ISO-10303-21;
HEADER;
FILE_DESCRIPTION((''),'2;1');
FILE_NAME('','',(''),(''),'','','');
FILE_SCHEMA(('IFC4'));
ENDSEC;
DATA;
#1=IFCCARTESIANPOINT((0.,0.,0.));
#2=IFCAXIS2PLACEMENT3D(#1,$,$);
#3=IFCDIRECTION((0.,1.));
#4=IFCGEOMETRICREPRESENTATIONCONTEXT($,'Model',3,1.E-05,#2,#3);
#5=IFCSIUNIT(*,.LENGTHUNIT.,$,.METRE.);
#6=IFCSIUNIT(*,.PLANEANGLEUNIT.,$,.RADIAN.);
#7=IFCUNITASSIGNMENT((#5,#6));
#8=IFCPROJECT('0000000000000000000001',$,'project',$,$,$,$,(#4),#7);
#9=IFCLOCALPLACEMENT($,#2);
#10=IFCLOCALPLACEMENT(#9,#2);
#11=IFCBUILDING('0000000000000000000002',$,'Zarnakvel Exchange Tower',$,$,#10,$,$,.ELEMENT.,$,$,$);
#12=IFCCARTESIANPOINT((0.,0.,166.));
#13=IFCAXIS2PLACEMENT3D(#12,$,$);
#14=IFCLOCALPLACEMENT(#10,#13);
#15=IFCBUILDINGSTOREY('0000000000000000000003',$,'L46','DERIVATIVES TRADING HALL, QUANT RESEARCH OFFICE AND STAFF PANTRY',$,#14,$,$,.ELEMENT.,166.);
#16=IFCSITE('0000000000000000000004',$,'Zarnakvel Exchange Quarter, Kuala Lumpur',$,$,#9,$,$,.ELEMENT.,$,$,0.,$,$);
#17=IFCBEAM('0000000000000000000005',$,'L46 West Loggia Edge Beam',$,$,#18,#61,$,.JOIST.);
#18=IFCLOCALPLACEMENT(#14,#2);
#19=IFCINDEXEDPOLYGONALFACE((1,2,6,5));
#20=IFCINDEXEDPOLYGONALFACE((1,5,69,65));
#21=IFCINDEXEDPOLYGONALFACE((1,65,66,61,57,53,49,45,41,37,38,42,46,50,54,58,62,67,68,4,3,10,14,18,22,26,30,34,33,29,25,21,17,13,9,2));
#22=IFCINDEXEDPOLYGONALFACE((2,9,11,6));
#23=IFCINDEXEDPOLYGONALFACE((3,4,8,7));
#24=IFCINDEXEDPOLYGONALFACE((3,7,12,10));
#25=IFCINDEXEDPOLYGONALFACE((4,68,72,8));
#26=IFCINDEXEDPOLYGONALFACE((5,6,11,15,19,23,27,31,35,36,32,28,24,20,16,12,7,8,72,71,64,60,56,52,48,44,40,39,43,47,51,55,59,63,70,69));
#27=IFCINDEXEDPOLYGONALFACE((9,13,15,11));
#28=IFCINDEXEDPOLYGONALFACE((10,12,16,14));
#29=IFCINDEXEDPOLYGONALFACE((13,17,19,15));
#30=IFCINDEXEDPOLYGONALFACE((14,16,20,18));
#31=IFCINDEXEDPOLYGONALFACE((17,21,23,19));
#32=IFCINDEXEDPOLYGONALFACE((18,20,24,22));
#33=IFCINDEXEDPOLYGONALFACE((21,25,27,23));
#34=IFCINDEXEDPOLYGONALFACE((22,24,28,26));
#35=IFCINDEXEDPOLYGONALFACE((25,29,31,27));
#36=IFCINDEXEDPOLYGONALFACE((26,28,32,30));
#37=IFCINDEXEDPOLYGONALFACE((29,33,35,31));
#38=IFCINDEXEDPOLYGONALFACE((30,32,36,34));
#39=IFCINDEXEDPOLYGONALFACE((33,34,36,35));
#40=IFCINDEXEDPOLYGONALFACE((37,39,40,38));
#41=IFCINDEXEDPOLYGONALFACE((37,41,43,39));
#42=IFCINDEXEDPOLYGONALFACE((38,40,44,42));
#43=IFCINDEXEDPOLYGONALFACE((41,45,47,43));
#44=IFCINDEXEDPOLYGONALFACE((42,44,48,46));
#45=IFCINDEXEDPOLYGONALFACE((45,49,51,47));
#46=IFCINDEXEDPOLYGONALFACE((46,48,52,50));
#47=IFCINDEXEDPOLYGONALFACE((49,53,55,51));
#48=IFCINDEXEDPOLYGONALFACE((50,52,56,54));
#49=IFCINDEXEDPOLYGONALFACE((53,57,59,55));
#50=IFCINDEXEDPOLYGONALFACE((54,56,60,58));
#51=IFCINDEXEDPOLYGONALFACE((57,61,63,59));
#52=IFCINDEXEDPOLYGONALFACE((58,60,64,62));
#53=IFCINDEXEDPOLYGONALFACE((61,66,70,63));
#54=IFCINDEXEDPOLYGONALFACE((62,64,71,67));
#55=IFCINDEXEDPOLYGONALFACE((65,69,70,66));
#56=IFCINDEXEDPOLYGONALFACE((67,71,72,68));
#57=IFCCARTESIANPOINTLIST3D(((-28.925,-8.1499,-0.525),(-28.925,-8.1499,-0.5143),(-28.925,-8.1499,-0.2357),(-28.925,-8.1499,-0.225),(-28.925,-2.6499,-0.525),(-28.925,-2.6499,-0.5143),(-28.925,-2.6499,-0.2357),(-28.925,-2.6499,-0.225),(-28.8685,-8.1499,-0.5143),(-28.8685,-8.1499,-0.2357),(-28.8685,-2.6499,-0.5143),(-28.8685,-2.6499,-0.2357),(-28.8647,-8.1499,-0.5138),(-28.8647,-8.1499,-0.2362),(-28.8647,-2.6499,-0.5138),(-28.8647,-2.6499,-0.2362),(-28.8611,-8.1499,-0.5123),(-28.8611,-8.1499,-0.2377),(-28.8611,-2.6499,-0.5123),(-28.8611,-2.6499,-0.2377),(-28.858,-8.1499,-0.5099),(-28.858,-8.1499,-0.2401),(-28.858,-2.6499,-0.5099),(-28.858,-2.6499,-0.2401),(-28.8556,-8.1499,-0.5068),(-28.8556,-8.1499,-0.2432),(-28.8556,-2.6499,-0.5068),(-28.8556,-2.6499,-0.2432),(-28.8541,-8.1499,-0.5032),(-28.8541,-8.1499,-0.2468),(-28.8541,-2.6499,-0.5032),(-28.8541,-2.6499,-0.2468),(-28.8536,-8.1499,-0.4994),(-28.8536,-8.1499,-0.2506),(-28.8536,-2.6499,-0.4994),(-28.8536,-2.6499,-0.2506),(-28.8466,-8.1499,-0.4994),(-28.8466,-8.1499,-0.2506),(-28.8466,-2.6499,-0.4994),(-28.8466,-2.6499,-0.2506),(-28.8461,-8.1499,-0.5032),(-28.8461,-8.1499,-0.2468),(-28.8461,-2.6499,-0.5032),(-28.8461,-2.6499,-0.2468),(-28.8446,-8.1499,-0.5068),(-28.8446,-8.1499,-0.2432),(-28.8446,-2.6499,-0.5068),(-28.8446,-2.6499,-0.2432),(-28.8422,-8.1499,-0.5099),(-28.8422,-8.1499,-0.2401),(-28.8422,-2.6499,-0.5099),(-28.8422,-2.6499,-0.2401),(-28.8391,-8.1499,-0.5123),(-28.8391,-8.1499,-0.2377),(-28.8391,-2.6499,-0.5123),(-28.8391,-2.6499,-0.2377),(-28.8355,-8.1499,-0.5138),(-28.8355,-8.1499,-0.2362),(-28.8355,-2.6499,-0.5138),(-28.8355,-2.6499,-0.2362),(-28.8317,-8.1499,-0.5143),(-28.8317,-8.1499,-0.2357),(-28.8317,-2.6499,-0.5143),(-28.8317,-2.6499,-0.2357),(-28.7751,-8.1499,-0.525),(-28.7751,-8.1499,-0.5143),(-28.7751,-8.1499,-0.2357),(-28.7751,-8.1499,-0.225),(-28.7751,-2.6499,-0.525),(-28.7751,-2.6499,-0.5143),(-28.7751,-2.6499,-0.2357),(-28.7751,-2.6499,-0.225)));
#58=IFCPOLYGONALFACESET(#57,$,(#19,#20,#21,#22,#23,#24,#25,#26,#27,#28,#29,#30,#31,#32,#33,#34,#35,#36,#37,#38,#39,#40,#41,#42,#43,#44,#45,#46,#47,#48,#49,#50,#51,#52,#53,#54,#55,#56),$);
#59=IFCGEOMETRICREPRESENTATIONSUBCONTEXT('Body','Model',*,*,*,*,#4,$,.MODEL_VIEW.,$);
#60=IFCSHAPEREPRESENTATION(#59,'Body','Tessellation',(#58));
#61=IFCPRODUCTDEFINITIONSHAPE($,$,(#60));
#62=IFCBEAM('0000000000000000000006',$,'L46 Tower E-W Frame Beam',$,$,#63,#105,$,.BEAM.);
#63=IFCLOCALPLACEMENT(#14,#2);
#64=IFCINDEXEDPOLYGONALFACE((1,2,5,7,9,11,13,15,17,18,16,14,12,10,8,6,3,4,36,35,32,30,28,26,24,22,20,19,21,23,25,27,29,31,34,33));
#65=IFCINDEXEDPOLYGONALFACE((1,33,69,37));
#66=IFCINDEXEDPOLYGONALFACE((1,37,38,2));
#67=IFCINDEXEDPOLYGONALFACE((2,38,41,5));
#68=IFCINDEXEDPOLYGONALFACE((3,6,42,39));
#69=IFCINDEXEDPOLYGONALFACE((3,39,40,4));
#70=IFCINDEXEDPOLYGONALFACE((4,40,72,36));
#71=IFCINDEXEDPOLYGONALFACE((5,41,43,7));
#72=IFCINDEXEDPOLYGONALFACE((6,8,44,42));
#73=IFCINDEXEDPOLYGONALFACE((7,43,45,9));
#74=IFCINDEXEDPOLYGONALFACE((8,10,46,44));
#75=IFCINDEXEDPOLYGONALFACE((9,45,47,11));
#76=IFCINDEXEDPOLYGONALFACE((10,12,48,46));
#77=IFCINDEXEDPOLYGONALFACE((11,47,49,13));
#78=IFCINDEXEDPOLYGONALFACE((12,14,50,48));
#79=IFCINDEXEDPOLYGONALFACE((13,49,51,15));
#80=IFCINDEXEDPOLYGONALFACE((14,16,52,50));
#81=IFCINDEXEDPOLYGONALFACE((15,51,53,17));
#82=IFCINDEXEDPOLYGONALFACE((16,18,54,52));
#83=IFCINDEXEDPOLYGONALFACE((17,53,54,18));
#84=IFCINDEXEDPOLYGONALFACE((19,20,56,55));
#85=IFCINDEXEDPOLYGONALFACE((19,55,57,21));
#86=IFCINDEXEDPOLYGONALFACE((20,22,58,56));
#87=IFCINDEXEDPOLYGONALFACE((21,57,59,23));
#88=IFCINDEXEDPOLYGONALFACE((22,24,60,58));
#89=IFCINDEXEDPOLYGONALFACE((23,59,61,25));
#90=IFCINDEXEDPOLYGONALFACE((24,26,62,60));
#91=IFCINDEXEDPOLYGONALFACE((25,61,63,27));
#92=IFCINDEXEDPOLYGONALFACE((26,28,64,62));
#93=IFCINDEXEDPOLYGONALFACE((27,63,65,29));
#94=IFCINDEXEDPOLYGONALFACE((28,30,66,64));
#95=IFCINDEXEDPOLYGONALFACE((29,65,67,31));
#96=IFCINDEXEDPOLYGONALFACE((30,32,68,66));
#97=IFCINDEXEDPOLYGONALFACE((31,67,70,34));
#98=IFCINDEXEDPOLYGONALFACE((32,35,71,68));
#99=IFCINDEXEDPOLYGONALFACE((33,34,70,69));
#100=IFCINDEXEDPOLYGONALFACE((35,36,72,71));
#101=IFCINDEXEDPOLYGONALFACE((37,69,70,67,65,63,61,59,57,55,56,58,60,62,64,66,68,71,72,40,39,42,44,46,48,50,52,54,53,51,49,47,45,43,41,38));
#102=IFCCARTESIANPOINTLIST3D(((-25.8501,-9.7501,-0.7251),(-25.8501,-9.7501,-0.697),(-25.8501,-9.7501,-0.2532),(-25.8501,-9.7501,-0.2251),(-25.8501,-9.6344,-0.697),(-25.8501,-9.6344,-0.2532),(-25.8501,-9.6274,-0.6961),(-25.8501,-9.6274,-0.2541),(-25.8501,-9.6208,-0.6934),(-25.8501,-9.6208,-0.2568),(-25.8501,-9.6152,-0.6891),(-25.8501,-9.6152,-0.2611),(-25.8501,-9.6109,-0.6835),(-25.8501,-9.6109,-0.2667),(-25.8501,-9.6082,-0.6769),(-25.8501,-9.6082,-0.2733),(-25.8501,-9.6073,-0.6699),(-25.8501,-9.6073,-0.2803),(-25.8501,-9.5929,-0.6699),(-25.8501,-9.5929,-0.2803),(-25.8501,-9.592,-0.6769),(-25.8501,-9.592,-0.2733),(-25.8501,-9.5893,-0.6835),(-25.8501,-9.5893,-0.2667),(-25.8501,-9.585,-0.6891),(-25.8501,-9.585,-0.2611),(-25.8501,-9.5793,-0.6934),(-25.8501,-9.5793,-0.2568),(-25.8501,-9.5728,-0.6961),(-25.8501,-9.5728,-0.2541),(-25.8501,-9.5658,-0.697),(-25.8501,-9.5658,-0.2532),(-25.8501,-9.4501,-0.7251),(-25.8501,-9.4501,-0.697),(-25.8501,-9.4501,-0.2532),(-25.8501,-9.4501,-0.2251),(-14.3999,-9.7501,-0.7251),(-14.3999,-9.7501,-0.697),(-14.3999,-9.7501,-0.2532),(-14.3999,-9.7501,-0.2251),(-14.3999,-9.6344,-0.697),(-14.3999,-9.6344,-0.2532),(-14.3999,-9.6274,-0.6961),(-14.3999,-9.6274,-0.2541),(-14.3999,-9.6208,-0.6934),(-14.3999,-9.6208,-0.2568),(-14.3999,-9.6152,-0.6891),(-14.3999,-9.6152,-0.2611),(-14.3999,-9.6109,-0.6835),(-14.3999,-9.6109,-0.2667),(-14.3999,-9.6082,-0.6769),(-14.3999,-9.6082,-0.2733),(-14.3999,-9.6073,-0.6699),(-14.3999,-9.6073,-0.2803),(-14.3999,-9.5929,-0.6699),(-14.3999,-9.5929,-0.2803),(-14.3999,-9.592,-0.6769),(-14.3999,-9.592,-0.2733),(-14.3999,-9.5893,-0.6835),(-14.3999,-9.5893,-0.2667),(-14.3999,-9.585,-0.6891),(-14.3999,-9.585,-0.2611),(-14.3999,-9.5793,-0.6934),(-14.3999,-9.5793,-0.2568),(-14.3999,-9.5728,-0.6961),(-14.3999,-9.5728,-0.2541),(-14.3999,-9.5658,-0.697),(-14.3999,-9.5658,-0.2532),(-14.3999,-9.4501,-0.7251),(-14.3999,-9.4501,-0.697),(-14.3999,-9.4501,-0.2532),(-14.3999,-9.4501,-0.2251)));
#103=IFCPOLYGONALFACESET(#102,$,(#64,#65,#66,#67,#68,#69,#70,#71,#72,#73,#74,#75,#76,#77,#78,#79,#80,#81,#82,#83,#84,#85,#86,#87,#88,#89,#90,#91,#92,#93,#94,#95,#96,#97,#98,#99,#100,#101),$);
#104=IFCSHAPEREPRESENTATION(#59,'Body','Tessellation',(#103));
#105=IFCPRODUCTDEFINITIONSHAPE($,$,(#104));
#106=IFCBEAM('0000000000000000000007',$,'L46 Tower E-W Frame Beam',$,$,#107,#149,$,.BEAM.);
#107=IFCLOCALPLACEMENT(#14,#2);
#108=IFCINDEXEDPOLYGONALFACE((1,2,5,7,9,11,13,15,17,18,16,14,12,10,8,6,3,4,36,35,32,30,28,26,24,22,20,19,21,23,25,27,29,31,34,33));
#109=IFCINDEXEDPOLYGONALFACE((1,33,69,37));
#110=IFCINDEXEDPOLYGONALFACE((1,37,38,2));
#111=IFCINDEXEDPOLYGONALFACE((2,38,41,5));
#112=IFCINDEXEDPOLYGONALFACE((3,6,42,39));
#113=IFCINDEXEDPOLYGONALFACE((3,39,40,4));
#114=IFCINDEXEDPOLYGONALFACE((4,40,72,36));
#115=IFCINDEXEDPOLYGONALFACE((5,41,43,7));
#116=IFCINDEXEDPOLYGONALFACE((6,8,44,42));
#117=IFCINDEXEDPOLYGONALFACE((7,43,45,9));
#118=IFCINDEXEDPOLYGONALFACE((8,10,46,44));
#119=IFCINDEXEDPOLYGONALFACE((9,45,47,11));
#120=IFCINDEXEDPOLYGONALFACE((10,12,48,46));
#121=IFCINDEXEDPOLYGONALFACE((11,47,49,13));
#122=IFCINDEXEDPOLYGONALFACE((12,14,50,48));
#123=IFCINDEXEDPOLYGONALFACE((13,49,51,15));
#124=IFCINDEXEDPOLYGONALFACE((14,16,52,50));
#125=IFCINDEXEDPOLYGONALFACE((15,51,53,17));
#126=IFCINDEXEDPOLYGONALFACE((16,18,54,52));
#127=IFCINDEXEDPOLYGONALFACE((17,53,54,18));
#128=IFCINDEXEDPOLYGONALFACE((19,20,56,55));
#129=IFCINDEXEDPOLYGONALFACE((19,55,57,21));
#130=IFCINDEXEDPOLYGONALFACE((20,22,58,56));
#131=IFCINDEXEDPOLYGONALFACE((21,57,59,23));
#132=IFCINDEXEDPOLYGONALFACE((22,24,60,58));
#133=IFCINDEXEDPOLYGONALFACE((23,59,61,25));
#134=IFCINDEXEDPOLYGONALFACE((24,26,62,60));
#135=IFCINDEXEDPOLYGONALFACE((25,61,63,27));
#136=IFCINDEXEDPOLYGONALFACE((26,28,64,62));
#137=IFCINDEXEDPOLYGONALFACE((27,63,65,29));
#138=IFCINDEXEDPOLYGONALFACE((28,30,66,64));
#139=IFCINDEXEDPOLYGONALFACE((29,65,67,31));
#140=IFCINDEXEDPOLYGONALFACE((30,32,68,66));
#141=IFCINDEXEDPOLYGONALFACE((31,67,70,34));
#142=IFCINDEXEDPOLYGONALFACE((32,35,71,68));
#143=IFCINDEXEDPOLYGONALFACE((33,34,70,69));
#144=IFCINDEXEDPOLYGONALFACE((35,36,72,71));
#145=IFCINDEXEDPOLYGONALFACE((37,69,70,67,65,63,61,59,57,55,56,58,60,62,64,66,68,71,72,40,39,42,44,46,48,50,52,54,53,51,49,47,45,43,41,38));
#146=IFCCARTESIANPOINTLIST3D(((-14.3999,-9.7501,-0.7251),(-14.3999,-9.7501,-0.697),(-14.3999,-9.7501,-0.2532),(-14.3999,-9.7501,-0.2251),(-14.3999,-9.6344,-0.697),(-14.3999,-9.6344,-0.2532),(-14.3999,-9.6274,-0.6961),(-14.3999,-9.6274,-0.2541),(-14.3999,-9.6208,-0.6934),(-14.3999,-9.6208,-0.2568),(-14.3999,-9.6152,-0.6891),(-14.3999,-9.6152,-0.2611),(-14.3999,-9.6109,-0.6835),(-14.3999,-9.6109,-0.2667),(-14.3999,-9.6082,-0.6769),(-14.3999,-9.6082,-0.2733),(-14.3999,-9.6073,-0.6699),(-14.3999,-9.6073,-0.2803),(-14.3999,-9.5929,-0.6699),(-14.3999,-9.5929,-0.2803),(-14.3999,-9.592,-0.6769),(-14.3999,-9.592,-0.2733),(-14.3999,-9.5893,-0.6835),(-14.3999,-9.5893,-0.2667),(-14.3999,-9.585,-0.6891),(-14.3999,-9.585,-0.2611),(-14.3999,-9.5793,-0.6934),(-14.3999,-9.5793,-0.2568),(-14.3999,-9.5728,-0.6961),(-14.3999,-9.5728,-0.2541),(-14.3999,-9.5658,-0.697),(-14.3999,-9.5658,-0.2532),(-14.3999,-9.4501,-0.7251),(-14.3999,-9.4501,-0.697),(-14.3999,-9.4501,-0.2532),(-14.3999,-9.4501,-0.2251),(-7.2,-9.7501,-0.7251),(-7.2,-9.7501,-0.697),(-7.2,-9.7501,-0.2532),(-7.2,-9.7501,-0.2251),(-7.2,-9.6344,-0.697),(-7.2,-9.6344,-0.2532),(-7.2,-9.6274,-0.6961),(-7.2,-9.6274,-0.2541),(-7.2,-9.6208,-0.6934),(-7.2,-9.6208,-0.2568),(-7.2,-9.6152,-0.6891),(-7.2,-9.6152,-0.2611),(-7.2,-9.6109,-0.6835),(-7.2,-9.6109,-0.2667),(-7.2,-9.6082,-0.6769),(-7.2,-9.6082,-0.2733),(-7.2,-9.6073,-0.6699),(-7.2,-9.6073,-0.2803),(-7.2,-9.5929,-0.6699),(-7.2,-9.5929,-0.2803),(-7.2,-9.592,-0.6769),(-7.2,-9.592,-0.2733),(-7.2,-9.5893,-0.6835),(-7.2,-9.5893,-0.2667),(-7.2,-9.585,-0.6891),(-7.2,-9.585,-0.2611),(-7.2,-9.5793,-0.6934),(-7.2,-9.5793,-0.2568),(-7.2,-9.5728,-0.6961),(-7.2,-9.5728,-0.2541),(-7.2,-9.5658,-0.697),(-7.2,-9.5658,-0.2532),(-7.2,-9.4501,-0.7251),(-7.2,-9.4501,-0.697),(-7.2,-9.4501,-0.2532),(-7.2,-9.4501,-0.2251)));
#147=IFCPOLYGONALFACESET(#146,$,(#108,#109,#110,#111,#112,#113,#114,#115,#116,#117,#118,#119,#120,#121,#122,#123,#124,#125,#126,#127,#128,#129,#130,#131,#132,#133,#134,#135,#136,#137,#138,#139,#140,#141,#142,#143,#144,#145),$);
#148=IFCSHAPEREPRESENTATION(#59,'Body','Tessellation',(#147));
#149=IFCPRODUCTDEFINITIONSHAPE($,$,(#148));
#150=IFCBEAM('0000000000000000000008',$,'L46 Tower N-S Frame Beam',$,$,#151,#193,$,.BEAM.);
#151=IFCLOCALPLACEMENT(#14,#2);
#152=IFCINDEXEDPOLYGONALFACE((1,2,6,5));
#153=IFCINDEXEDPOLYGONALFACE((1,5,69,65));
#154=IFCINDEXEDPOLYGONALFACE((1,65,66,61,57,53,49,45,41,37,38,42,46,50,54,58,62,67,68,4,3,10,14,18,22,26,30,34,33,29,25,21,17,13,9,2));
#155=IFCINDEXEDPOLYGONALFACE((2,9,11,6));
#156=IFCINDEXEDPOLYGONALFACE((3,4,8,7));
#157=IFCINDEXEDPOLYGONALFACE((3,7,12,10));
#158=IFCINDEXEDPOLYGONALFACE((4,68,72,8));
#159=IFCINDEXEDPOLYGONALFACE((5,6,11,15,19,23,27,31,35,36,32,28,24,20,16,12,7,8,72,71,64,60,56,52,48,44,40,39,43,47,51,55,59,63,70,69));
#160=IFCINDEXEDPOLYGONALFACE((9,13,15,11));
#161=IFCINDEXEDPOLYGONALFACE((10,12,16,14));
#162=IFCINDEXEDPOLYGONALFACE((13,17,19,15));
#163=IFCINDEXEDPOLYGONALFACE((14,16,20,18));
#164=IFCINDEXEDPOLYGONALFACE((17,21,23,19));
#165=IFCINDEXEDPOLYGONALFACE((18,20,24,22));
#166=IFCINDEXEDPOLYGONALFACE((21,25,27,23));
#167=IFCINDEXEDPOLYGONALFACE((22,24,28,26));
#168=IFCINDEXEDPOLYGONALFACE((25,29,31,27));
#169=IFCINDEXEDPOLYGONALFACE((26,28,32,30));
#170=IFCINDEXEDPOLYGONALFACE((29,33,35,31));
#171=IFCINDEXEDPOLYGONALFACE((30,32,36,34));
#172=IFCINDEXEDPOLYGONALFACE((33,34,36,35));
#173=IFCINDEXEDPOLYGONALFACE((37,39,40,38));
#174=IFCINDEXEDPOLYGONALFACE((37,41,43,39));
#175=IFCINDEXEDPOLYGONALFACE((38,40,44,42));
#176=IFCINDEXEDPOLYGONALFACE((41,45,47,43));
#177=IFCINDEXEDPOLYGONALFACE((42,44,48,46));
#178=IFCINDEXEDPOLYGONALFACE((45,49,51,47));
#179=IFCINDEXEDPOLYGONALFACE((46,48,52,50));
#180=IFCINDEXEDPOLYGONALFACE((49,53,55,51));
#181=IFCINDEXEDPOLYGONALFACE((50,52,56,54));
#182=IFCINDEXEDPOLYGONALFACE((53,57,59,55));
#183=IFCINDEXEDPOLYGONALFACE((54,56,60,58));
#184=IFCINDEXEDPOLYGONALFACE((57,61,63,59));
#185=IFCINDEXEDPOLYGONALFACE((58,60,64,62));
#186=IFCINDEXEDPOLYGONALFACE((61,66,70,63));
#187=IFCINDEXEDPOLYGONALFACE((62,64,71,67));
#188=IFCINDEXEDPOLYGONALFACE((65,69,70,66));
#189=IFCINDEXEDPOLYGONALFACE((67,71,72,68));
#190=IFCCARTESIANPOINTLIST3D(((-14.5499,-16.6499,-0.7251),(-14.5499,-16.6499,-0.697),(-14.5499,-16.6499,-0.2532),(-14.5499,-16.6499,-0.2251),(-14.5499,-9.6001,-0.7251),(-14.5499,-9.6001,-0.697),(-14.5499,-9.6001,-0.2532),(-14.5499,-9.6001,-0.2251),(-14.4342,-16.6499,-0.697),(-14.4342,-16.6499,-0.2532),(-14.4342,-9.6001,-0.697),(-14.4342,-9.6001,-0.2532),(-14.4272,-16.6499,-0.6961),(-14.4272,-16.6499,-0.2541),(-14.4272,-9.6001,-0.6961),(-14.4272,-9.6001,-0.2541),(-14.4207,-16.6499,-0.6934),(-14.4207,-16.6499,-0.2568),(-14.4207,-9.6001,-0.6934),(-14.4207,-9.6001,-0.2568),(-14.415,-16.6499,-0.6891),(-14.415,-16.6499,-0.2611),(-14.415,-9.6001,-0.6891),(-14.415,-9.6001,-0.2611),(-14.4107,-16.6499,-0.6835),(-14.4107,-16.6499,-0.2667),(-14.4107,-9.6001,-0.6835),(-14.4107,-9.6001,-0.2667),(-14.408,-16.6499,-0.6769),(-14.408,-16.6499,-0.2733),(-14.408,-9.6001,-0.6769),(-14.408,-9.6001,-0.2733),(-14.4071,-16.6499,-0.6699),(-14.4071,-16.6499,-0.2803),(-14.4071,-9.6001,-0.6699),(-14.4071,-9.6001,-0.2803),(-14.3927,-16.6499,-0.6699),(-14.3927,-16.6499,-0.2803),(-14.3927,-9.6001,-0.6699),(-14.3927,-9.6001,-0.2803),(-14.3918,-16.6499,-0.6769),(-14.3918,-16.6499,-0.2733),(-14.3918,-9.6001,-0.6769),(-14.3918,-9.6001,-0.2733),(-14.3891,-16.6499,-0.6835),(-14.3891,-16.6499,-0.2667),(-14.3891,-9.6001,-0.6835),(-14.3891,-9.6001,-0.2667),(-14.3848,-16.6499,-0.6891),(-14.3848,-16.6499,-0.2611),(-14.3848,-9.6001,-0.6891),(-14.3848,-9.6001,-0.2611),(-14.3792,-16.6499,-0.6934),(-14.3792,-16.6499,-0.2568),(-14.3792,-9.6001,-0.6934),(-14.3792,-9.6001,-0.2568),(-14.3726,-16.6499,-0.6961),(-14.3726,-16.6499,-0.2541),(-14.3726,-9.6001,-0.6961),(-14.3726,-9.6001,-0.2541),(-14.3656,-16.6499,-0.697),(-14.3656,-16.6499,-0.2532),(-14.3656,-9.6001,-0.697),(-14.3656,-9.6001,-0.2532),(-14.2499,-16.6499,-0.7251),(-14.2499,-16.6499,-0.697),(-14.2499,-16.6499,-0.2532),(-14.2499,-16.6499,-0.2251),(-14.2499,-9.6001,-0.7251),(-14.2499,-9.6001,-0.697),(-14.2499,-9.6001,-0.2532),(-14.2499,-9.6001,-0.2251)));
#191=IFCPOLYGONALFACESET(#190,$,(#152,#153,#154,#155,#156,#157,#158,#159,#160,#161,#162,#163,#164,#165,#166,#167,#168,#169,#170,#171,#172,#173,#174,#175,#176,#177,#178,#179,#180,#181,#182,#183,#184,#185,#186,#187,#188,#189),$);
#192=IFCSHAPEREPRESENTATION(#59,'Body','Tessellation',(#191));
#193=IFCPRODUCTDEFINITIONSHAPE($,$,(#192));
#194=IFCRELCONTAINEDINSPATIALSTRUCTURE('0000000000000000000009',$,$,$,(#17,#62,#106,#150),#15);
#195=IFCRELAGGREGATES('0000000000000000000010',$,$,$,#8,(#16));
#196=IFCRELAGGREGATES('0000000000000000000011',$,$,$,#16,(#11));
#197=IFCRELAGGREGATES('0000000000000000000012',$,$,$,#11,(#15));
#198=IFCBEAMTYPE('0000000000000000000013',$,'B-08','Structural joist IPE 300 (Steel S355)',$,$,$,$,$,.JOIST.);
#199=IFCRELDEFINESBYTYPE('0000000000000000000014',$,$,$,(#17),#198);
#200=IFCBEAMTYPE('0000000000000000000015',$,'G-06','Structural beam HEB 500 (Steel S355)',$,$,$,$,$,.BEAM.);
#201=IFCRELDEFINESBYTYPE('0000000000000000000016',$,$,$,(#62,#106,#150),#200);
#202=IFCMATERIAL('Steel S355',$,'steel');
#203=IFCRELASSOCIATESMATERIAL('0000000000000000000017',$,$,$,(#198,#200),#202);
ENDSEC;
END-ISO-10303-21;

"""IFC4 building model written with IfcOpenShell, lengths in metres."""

from ifc_helpers import new_model, si_unit, direction, frame, origin, origin_2d, place, context, subcontext, project, spatial, i_section, extrude, material, material_profile, profile_set, type_object, element, save


model = new_model("IFC4")

# Units and contexts
model_context = context("Model", 3, precision=1e-05, world=origin(), true_north=direction((0.0, 1.0)))
body_context = subcontext(model_context, "Body", "Model", "MODEL_VIEW")
ifc_project = project(units=[si_unit("LENGTHUNIT", "METRE"), si_unit("PLANEANGLEUNIT", "RADIAN")], contexts=[model_context])

# Site, building, storey
site_placement = place(None, origin())
site = spatial("IfcSite", under=ifc_project, at=site_placement, Name="Zarnakvel Exchange Quarter, Kuala Lumpur", CompositionType="ELEMENT", RefElevation=0.0)
building_placement = place(site_placement, origin())
building = spatial("IfcBuilding", under=site, at=building_placement, Name="Zarnakvel Exchange Tower", CompositionType="ELEMENT")
storey_placement = place(building_placement, frame((0.0, 0.0, 166.0)))
storey = spatial("IfcBuildingStorey", under=building, at=storey_placement, Name="L46", Description="DERIVATIVES TRADING HALL, QUANT RESEARCH OFFICE AND STAFF PANTRY", CompositionType="ELEMENT", Elevation=166.0)

# Shared definitions
ifc_material_1 = material(Name="Steel S355", Category="steel")

# Beams
ifc_material_profile_1 = material_profile(ifc_material_1, i_section(OverallWidth=0.1499, OverallDepth=0.3, WebThickness=0.0071, FlangeThickness=0.0107, FilletRadius=0.0149, at=origin_2d()))
ifc_profile_set_1 = profile_set([ifc_material_profile_1], Name="Steel S355")
beam_type_1 = type_object("IfcBeamType", Name="B-08", Description="Structural joist IPE 300 (Steel S355)", PredefinedType="JOIST", material=ifc_profile_set_1)
beam_1_placement = place(storey_placement, frame((-28.8501, -8.1499, -0.375), z_axis=(0.0, 1.0, 0.0), x_axis=(-1.0, 0.0, 0.0)))
element("IfcBeam", 1, at=beam_1_placement, inside=storey, type_object=beam_type_1, Name="L46 West Loggia Edge Beam", PredefinedType="JOIST", context=body_context, shape_type="SweptSolid", body=[
    extrude(i_section(OverallWidth=0.1499, OverallDepth=0.3, WebThickness=0.0071, FlangeThickness=0.0107, FilletRadius=0.0149, at=origin_2d()), origin(), (0.0, 0.0, 1.0), 5.5),
])
ifc_material_profile_2 = material_profile(ifc_material_1, i_section(OverallWidth=0.3, OverallDepth=0.5, WebThickness=0.0144, FlangeThickness=0.0281, FilletRadius=0.0271, at=origin_2d()))
ifc_profile_set_2 = profile_set([ifc_material_profile_2], Name="Steel S355")
beam_type_2 = type_object("IfcBeamType", Name="G-06", Description="Structural beam HEB 500 (Steel S355)", PredefinedType="BEAM", material=ifc_profile_set_2)
beam_2_placement = place(storey_placement, frame((-25.8501, -9.6001, -0.4751), z_axis=(1.0, 0.0, 0.0), x_axis=(0.0, 1.0, 0.0)))
element("IfcBeam", 2, at=beam_2_placement, inside=storey, type_object=beam_type_2, Name="L46 Tower E-W Frame Beam", PredefinedType="BEAM", context=body_context, shape_type="SweptSolid", body=[
    extrude(i_section(OverallWidth=0.3, OverallDepth=0.5, WebThickness=0.0144, FlangeThickness=0.0281, FilletRadius=0.0271, at=origin_2d()), origin(), (0.0, 0.0, 1.0), 11.4502),
])
beam_3_placement = place(storey_placement, frame((-14.3999, -9.6001, -0.4751), z_axis=(1.0, 0.0, 0.0), x_axis=(0.0, 1.0, 0.0)))
element("IfcBeam", 3, at=beam_3_placement, inside=storey, type_object=beam_type_2, Name="L46 Tower E-W Frame Beam", PredefinedType="BEAM", context=body_context, shape_type="SweptSolid", body=[
    extrude(i_section(OverallWidth=0.3, OverallDepth=0.5, WebThickness=0.0144, FlangeThickness=0.0281, FilletRadius=0.0271, at=origin_2d()), origin(), (0.0, 0.0, 1.0), 7.2),
])
beam_4_placement = place(storey_placement, frame((-14.3999, -16.6499, -0.4751), z_axis=(0.0, 1.0, 0.0), x_axis=(-1.0, 0.0, 0.0)))
element("IfcBeam", 4, at=beam_4_placement, inside=storey, type_object=beam_type_2, Name="L46 Tower N-S Frame Beam", PredefinedType="BEAM", context=body_context, shape_type="SweptSolid", body=[
    extrude(i_section(OverallWidth=0.3, OverallDepth=0.5, WebThickness=0.0144, FlangeThickness=0.0281, FilletRadius=0.0271, at=origin_2d()), origin(), (0.0, 0.0, 1.0), 7.0498),
])

save(model, "model.ifc")
